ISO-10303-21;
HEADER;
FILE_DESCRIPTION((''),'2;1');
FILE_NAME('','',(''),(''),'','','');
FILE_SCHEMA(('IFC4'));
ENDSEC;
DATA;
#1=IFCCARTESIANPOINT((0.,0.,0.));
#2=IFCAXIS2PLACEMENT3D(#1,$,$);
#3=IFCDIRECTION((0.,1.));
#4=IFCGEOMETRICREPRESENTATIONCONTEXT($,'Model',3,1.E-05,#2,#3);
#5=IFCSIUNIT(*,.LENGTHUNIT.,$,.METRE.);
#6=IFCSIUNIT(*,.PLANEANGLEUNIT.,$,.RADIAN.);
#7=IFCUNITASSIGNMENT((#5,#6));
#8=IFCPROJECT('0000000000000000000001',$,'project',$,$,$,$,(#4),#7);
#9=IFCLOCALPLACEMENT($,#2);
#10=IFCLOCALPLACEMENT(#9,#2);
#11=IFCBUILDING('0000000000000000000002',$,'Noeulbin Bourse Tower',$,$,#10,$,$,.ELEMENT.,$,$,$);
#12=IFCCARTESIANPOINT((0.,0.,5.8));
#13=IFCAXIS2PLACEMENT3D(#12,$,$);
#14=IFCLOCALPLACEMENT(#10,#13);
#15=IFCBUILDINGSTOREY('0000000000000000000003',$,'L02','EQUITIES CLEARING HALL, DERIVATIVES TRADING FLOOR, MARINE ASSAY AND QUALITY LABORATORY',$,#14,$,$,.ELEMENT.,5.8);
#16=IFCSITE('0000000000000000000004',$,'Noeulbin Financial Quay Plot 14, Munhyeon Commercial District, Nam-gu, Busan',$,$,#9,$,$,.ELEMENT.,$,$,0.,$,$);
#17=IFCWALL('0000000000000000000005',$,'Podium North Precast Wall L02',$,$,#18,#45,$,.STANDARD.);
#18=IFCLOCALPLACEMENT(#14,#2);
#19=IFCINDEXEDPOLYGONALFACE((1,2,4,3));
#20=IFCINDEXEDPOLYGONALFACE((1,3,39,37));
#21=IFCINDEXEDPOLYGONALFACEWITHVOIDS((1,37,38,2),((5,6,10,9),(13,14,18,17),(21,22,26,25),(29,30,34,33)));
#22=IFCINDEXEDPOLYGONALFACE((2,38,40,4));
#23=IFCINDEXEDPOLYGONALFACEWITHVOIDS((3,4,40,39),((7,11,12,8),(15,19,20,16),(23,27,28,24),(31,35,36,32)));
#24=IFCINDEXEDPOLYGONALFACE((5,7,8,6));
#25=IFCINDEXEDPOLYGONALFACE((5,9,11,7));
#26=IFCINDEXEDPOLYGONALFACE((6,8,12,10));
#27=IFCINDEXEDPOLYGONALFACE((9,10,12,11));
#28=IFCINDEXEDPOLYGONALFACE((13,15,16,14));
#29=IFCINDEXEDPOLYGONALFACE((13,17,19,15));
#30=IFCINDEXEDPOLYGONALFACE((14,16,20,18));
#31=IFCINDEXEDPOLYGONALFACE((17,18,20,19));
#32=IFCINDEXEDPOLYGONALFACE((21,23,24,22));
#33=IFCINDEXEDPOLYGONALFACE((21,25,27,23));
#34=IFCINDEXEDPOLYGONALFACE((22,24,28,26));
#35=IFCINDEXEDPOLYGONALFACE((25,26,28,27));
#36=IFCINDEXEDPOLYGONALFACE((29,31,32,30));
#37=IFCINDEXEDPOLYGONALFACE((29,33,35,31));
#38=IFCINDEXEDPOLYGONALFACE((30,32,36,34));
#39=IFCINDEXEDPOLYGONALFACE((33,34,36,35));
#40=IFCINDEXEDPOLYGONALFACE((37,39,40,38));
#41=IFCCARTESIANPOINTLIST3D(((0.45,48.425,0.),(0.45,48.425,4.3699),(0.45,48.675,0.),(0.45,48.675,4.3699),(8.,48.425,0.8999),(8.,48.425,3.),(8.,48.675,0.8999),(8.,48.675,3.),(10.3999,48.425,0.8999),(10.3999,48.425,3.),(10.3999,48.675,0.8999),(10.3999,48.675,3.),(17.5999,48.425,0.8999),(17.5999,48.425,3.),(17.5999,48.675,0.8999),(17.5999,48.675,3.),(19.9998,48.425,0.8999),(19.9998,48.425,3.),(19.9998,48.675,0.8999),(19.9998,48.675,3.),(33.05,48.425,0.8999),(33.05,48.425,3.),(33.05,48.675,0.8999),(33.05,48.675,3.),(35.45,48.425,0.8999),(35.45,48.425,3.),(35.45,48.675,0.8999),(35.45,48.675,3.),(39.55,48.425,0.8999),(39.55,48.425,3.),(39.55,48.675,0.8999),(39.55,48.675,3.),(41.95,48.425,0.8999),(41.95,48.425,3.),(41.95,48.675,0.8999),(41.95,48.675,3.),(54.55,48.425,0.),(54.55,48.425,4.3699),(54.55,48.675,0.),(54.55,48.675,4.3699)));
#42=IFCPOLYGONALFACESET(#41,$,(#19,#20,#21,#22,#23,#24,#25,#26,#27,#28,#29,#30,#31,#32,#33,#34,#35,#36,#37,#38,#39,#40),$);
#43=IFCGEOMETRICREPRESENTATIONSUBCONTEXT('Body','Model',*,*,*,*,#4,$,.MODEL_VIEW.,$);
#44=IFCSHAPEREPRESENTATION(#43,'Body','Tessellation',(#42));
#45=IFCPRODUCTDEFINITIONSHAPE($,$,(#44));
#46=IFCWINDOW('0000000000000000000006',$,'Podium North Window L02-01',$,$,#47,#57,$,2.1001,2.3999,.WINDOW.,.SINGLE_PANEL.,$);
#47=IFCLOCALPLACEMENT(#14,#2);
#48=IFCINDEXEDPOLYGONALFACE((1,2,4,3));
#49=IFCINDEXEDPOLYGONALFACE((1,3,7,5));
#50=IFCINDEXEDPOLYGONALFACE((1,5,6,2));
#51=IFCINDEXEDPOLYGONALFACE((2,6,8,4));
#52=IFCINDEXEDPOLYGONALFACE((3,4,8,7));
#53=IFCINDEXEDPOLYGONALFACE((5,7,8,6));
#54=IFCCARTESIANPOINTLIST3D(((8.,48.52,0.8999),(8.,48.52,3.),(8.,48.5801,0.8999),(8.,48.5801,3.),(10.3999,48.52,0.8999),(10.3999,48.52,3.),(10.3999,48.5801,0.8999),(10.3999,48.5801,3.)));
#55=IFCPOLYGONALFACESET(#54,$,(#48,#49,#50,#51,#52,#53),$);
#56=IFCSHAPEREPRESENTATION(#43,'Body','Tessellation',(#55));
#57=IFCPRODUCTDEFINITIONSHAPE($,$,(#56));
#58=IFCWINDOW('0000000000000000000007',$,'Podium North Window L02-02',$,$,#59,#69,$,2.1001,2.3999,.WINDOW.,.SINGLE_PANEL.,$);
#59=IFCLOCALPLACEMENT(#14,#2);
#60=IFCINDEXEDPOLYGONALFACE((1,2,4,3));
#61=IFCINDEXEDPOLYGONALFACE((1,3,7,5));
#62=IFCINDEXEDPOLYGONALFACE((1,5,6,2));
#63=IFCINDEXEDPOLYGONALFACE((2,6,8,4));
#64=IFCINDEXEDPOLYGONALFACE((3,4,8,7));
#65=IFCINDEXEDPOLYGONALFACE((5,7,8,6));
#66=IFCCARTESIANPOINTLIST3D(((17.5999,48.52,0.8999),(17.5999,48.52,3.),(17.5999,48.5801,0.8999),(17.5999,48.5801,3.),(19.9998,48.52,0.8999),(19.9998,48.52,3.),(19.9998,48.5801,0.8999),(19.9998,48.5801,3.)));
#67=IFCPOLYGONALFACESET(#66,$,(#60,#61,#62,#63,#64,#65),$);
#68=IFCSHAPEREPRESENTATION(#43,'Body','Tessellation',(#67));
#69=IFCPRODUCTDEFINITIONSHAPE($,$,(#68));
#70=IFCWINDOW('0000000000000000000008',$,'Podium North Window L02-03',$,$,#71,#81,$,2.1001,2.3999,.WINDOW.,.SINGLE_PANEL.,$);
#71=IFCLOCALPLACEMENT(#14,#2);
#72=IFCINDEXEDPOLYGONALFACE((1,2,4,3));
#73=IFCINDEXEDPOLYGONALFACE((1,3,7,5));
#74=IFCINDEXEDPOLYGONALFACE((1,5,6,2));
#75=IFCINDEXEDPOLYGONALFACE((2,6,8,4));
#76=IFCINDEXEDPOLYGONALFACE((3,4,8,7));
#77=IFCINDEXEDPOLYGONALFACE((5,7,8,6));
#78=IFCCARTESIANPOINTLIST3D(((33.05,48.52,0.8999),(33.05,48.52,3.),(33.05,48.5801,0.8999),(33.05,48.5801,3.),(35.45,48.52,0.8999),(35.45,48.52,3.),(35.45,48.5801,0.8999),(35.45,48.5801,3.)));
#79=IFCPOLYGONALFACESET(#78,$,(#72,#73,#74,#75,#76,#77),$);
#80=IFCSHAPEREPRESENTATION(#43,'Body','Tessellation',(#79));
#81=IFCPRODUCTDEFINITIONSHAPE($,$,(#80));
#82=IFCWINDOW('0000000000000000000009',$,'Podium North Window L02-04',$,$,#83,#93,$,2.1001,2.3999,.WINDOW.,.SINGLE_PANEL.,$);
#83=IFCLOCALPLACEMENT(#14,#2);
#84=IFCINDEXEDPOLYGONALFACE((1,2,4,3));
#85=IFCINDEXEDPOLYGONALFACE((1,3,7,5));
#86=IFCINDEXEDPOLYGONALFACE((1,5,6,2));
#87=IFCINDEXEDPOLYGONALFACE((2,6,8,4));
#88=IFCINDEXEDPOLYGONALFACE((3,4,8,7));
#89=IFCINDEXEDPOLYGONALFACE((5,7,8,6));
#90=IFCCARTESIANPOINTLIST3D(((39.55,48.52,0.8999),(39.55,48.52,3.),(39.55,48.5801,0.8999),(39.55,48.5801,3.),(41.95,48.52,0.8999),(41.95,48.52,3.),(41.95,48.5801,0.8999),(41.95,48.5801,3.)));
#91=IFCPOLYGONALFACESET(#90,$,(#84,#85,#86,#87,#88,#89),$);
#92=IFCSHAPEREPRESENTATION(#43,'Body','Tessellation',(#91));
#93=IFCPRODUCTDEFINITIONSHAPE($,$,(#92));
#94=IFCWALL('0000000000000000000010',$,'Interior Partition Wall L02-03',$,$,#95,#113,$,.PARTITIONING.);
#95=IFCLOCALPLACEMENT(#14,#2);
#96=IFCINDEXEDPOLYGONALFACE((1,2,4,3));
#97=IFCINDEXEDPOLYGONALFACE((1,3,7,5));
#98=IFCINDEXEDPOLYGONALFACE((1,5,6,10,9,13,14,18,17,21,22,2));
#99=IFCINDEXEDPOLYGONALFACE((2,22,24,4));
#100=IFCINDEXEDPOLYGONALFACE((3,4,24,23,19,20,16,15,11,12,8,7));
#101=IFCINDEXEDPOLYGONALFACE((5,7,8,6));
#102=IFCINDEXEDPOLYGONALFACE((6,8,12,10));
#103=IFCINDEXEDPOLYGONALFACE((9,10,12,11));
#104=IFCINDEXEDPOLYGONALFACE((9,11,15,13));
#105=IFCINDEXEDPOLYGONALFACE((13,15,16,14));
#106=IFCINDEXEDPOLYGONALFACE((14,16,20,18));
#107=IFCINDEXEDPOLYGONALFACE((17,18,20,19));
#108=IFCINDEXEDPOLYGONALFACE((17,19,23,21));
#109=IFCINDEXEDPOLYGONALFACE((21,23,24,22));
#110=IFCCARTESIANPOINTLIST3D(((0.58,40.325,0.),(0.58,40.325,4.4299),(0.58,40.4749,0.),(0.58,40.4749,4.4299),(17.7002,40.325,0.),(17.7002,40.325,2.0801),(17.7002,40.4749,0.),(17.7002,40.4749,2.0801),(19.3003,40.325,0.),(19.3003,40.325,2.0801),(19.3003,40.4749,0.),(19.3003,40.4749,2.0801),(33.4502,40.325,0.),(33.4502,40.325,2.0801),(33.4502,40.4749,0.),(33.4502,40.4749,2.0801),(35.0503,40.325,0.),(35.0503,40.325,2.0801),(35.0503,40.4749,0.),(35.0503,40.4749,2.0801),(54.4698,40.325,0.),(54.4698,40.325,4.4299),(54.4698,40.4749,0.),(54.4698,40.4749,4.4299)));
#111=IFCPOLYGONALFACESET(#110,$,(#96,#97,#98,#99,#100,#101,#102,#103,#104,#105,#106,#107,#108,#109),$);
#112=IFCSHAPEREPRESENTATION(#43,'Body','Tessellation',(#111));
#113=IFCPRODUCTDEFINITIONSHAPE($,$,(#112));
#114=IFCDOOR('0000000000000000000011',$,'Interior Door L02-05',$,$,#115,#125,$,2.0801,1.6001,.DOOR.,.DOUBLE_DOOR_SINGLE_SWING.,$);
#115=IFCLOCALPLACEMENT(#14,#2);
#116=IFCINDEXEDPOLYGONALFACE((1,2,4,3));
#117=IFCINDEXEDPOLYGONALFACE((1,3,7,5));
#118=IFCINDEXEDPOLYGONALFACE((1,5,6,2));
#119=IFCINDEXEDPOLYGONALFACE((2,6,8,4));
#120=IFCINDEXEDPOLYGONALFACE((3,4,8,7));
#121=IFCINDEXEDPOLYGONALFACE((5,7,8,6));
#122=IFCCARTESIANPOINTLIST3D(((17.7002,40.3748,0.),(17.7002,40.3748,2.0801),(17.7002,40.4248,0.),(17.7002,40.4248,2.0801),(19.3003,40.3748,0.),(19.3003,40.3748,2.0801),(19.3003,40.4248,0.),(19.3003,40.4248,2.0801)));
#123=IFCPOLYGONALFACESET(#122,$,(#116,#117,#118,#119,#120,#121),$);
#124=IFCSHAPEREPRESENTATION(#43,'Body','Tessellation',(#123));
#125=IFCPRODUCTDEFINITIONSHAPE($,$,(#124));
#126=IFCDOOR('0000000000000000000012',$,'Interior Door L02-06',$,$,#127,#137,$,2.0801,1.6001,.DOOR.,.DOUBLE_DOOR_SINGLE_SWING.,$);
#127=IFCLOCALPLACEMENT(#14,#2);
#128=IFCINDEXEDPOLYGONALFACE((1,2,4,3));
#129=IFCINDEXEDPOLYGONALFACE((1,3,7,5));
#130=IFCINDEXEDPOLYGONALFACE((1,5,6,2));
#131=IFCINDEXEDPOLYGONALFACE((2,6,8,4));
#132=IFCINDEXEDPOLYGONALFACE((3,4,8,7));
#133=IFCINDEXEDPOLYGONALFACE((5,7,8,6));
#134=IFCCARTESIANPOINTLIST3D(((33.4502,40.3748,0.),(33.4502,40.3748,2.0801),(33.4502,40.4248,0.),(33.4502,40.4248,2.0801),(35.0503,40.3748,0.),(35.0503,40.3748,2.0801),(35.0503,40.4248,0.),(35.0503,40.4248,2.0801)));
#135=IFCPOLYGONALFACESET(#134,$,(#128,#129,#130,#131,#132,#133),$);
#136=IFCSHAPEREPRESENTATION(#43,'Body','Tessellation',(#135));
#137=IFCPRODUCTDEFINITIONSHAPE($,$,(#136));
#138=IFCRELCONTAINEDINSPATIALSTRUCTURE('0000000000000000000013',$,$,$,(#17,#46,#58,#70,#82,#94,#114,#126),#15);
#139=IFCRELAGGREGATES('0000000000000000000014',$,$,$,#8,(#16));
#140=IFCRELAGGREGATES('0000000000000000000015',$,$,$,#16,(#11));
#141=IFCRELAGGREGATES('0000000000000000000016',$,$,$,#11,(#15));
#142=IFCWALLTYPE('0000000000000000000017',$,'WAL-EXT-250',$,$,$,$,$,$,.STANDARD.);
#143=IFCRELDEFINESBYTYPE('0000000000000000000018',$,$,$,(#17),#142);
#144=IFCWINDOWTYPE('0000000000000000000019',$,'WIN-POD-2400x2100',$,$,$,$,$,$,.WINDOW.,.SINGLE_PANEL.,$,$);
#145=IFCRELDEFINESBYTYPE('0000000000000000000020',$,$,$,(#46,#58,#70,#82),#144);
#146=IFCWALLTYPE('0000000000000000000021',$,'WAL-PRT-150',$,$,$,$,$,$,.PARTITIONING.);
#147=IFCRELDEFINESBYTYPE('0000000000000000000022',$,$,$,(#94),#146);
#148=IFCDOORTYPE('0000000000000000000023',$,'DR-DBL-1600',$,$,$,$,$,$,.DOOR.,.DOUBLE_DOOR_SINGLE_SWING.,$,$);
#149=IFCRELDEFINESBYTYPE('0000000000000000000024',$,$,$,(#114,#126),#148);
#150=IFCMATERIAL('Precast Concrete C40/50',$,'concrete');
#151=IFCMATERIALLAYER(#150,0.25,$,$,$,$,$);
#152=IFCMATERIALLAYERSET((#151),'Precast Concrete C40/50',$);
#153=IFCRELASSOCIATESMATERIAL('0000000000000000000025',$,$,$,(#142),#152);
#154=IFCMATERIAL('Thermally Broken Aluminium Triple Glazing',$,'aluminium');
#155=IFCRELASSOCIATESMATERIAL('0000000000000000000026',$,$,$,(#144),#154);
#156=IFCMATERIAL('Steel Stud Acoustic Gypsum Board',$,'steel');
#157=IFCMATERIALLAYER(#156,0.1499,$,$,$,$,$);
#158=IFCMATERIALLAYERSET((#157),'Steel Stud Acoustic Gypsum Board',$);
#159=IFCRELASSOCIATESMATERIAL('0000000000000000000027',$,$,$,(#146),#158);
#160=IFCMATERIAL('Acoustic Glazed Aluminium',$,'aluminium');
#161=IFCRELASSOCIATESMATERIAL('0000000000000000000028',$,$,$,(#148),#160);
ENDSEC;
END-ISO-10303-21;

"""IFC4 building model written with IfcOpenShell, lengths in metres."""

from ifc_helpers import new_model, si_unit, direction, frame, frame_2d, origin, place, context, subcontext, project, spatial, rectangle, extrude, material, layer, layer_set, type_object, element, fill, save


model = new_model("IFC4")

# Units and contexts
model_context = context("Model", 3, precision=1e-05, world=origin(), true_north=direction((0.0, 1.0)))
body_context = subcontext(model_context, "Body", "Model", "MODEL_VIEW")
ifc_project = project(units=[si_unit("LENGTHUNIT", "METRE"), si_unit("PLANEANGLEUNIT", "RADIAN")], contexts=[model_context])

# Site, building, storey
site_placement = place(None, origin())
site = spatial("IfcSite", under=ifc_project, at=site_placement, Name="Noeulbin Financial Quay Plot 14, Munhyeon Commercial District, Nam-gu, Busan", CompositionType="ELEMENT", RefElevation=0.0)
building_placement = place(site_placement, origin())
building = spatial("IfcBuilding", under=site, at=building_placement, Name="Noeulbin Bourse Tower", CompositionType="ELEMENT")
storey_placement = place(building_placement, frame((0.0, 0.0, 5.8)))
storey = spatial("IfcBuildingStorey", under=building, at=storey_placement, Name="L02", Description="EQUITIES CLEARING HALL, DERIVATIVES TRADING FLOOR, MARINE ASSAY AND QUALITY LABORATORY", CompositionType="ELEMENT", Elevation=5.8)

# Wall, openings, windows
ifc_material_1 = material(Name="Precast Concrete C40/50", Category="concrete")
ifc_layer_1 = layer(ifc_material_1, 0.25)
ifc_layer_set_1 = layer_set([ifc_layer_1], Name="Precast Concrete C40/50")
wall_type_1 = type_object("IfcWallType", Name="WAL-EXT-250", PredefinedType="STANDARD", material=ifc_layer_set_1)
wall_1_placement = place(storey_placement, frame((0.45, 48.55, 0.0), z_axis=(0.0, 0.0, 1.0), x_axis=(1.0, 0.0, 0.0)))
wall_1 = element("IfcWall", 1, at=wall_1_placement, inside=storey, type_object=wall_type_1, Name="Podium North Precast Wall L02", PredefinedType="STANDARD", context=body_context, shape_type="SweptSolid", body=[
    extrude(rectangle(XDim=54.1001, YDim=0.25, at=frame_2d((27.05, 0.0))), origin(), (0.0, 0.0, 1.0), 4.3699),
])
opening_1_placement = place(wall_1_placement, frame((7.55, 0.0, 0.8999)))
opening_1 = element("IfcOpeningElement", 2, at=opening_1_placement, cuts=wall_1, PredefinedType="OPENING", context=body_context, shape_type="SweptSolid", body=[
    extrude(rectangle(XDim=2.3999, YDim=2.1001, at=frame_2d((1.2, 1.05))), frame((0.0, 0.135, 0.0), z_axis=(0.0, -1.0, 0.0), x_axis=(1.0, 0.0, 0.0)), (0.0, 0.0, 1.0), 0.27),
])
opening_2_placement = place(wall_1_placement, frame((17.1499, 0.0, 0.8999)))
opening_2 = element("IfcOpeningElement", 3, at=opening_2_placement, cuts=wall_1, PredefinedType="OPENING", context=body_context, shape_type="SweptSolid", body=[
    extrude(rectangle(XDim=2.3999, YDim=2.1001, at=frame_2d((1.2, 1.05))), frame((0.0, 0.135, 0.0), z_axis=(0.0, -1.0, 0.0), x_axis=(1.0, 0.0, 0.0)), (0.0, 0.0, 1.0), 0.27),
])
opening_3_placement = place(wall_1_placement, frame((32.6001, 0.0, 0.8999)))
opening_3 = element("IfcOpeningElement", 4, at=opening_3_placement, cuts=wall_1, PredefinedType="OPENING", context=body_context, shape_type="SweptSolid", body=[
    extrude(rectangle(XDim=2.3999, YDim=2.1001, at=frame_2d((1.2, 1.05))), frame((0.0, 0.135, 0.0), z_axis=(0.0, -1.0, 0.0), x_axis=(1.0, 0.0, 0.0)), (0.0, 0.0, 1.0), 0.27),
])
opening_4_placement = place(wall_1_placement, frame((39.1001, 0.0, 0.8999)))
opening_4 = element("IfcOpeningElement", 5, at=opening_4_placement, cuts=wall_1, PredefinedType="OPENING", context=body_context, shape_type="SweptSolid", body=[
    extrude(rectangle(XDim=2.3999, YDim=2.1001, at=frame_2d((1.2, 1.05))), frame((0.0, 0.135, 0.0), z_axis=(0.0, -1.0, 0.0), x_axis=(1.0, 0.0, 0.0)), (0.0, 0.0, 1.0), 0.27),
])
ifc_material_2 = material(Name="Thermally Broken Aluminium Triple Glazing", Category="aluminium")
window_type = type_object("IfcWindowType", Name="WIN-POD-2400x2100", PartitioningType="SINGLE_PANEL", PredefinedType="WINDOW", material=ifc_material_2)
window_1_placement = place(opening_1_placement, origin())
window_1 = element("IfcWindow", 6, at=window_1_placement, inside=storey, type_object=window_type, Name="Podium North Window L02-01", OverallHeight=2.1001, OverallWidth=2.3999, PartitioningType="SINGLE_PANEL", PredefinedType="WINDOW", context=body_context, shape_type="SweptSolid", body=[
    extrude(rectangle(XDim=2.3999, YDim=2.1001, at=frame_2d((1.2, 1.05))), frame((0.0, 0.03, 0.0), z_axis=(0.0, -1.0, 0.0), x_axis=(1.0, 0.0, 0.0)), (0.0, 0.0, 1.0), 0.0601),
])
fill(opening_1, window_1)
window_2_placement = place(opening_2_placement, origin())
window_2 = element("IfcWindow", 7, at=window_2_placement, inside=storey, type_object=window_type, Name="Podium North Window L02-02", OverallHeight=2.1001, OverallWidth=2.3999, PartitioningType="SINGLE_PANEL", PredefinedType="WINDOW", context=body_context, shape_type="SweptSolid", body=[
    extrude(rectangle(XDim=2.3999, YDim=2.1001, at=frame_2d((1.2, 1.05))), frame((0.0, 0.03, 0.0), z_axis=(0.0, -1.0, 0.0), x_axis=(1.0, 0.0, 0.0)), (0.0, 0.0, 1.0), 0.0601),
])
fill(opening_2, window_2)
window_3_placement = place(opening_3_placement, origin())
window_3 = element("IfcWindow", 8, at=window_3_placement, inside=storey, type_object=window_type, Name="Podium North Window L02-03", OverallHeight=2.1001, OverallWidth=2.3999, PartitioningType="SINGLE_PANEL", PredefinedType="WINDOW", context=body_context, shape_type="SweptSolid", body=[
    extrude(rectangle(XDim=2.3999, YDim=2.1001, at=frame_2d((1.2, 1.05))), frame((0.0, 0.03, 0.0), z_axis=(0.0, -1.0, 0.0), x_axis=(1.0, 0.0, 0.0)), (0.0, 0.0, 1.0), 0.0601),
])
fill(opening_3, window_3)
window_4_placement = place(opening_4_placement, origin())
window_4 = element("IfcWindow", 9, at=window_4_placement, inside=storey, type_object=window_type, Name="Podium North Window L02-04", OverallHeight=2.1001, OverallWidth=2.3999, PartitioningType="SINGLE_PANEL", PredefinedType="WINDOW", context=body_context, shape_type="SweptSolid", body=[
    extrude(rectangle(XDim=2.3999, YDim=2.1001, at=frame_2d((1.2, 1.05))), frame((0.0, 0.03, 0.0), z_axis=(0.0, -1.0, 0.0), x_axis=(1.0, 0.0, 0.0)), (0.0, 0.0, 1.0), 0.0601),
])
fill(opening_4, window_4)

# Wall, openings, doors
ifc_material_3 = material(Name="Steel Stud Acoustic Gypsum Board", Category="steel")
ifc_layer_2 = layer(ifc_material_3, 0.1499)
ifc_layer_set_2 = layer_set([ifc_layer_2], Name="Steel Stud Acoustic Gypsum Board")
wall_type_2 = type_object("IfcWallType", Name="WAL-PRT-150", PredefinedType="PARTITIONING", material=ifc_layer_set_2)
wall_2_placement = place(storey_placement, frame((0.5801, 40.3999, 0.0), z_axis=(0.0, 0.0, 1.0), x_axis=(1.0, 0.0, 0.0)))
wall_2 = element("IfcWall", 10, at=wall_2_placement, inside=storey, type_object=wall_type_2, Name="Interior Partition Wall L02-03", PredefinedType="PARTITIONING", context=body_context, shape_type="SweptSolid", body=[
    extrude(rectangle(XDim=53.8899, YDim=0.1499, at=frame_2d((26.9448, 0.0))), origin(), (0.0, 0.0, 1.0), 4.4299),
])
opening_5_placement = place(wall_2_placement, frame((17.1201, 0.0, 0.0)))
opening_5 = element("IfcOpeningElement", 11, at=opening_5_placement, cuts=wall_2, PredefinedType="OPENING", context=body_context, shape_type="SweptSolid", body=[
    extrude(rectangle(XDim=1.6001, YDim=2.0801, at=frame_2d((0.8, 1.04))), frame((0.0, 0.085, 0.0), z_axis=(0.0, -1.0, 0.0), x_axis=(1.0, 0.0, 0.0)), (0.0, 0.0, 1.0), 0.1699),
])
opening_6_placement = place(wall_2_placement, frame((32.8701, 0.0, 0.0)))
opening_6 = element("IfcOpeningElement", 12, at=opening_6_placement, cuts=wall_2, PredefinedType="OPENING", context=body_context, shape_type="SweptSolid", body=[
    extrude(rectangle(XDim=1.6001, YDim=2.0801, at=frame_2d((0.8, 1.04))), frame((0.0, 0.085, 0.0), z_axis=(0.0, -1.0, 0.0), x_axis=(1.0, 0.0, 0.0)), (0.0, 0.0, 1.0), 0.1699),
])
ifc_material_4 = material(Name="Acoustic Glazed Aluminium", Category="aluminium")
door_type = type_object("IfcDoorType", Name="DR-DBL-1600", OperationType="DOUBLE_DOOR_SINGLE_SWING", PredefinedType="DOOR", material=ifc_material_4)
door_1_placement = place(opening_5_placement, origin())
door_1 = element("IfcDoor", 13, at=door_1_placement, inside=storey, type_object=door_type, Name="Interior Door L02-05", OperationType="DOUBLE_DOOR_SINGLE_SWING", OverallHeight=2.0801, OverallWidth=1.6001, PredefinedType="DOOR", context=body_context, shape_type="SweptSolid", body=[
    extrude(rectangle(XDim=1.6001, YDim=2.0801, at=frame_2d((0.8, 1.04))), frame((0.0, 0.0249, 0.0), z_axis=(0.0, -1.0, 0.0), x_axis=(1.0, 0.0, 0.0)), (0.0, 0.0, 1.0), 0.05),
])
fill(opening_5, door_1)
door_2_placement = place(opening_6_placement, origin())
door_2 = element("IfcDoor", 14, at=door_2_placement, inside=storey, type_object=door_type, Name="Interior Door L02-06", OperationType="DOUBLE_DOOR_SINGLE_SWING", OverallHeight=2.0801, OverallWidth=1.6001, PredefinedType="DOOR", context=body_context, shape_type="SweptSolid", body=[
    extrude(rectangle(XDim=1.6001, YDim=2.0801, at=frame_2d((0.8, 1.04))), frame((0.0, 0.0249, 0.0), z_axis=(0.0, -1.0, 0.0), x_axis=(1.0, 0.0, 0.0)), (0.0, 0.0, 1.0), 0.05),
])
fill(opening_6, door_2)

save(model, "model.ifc")
